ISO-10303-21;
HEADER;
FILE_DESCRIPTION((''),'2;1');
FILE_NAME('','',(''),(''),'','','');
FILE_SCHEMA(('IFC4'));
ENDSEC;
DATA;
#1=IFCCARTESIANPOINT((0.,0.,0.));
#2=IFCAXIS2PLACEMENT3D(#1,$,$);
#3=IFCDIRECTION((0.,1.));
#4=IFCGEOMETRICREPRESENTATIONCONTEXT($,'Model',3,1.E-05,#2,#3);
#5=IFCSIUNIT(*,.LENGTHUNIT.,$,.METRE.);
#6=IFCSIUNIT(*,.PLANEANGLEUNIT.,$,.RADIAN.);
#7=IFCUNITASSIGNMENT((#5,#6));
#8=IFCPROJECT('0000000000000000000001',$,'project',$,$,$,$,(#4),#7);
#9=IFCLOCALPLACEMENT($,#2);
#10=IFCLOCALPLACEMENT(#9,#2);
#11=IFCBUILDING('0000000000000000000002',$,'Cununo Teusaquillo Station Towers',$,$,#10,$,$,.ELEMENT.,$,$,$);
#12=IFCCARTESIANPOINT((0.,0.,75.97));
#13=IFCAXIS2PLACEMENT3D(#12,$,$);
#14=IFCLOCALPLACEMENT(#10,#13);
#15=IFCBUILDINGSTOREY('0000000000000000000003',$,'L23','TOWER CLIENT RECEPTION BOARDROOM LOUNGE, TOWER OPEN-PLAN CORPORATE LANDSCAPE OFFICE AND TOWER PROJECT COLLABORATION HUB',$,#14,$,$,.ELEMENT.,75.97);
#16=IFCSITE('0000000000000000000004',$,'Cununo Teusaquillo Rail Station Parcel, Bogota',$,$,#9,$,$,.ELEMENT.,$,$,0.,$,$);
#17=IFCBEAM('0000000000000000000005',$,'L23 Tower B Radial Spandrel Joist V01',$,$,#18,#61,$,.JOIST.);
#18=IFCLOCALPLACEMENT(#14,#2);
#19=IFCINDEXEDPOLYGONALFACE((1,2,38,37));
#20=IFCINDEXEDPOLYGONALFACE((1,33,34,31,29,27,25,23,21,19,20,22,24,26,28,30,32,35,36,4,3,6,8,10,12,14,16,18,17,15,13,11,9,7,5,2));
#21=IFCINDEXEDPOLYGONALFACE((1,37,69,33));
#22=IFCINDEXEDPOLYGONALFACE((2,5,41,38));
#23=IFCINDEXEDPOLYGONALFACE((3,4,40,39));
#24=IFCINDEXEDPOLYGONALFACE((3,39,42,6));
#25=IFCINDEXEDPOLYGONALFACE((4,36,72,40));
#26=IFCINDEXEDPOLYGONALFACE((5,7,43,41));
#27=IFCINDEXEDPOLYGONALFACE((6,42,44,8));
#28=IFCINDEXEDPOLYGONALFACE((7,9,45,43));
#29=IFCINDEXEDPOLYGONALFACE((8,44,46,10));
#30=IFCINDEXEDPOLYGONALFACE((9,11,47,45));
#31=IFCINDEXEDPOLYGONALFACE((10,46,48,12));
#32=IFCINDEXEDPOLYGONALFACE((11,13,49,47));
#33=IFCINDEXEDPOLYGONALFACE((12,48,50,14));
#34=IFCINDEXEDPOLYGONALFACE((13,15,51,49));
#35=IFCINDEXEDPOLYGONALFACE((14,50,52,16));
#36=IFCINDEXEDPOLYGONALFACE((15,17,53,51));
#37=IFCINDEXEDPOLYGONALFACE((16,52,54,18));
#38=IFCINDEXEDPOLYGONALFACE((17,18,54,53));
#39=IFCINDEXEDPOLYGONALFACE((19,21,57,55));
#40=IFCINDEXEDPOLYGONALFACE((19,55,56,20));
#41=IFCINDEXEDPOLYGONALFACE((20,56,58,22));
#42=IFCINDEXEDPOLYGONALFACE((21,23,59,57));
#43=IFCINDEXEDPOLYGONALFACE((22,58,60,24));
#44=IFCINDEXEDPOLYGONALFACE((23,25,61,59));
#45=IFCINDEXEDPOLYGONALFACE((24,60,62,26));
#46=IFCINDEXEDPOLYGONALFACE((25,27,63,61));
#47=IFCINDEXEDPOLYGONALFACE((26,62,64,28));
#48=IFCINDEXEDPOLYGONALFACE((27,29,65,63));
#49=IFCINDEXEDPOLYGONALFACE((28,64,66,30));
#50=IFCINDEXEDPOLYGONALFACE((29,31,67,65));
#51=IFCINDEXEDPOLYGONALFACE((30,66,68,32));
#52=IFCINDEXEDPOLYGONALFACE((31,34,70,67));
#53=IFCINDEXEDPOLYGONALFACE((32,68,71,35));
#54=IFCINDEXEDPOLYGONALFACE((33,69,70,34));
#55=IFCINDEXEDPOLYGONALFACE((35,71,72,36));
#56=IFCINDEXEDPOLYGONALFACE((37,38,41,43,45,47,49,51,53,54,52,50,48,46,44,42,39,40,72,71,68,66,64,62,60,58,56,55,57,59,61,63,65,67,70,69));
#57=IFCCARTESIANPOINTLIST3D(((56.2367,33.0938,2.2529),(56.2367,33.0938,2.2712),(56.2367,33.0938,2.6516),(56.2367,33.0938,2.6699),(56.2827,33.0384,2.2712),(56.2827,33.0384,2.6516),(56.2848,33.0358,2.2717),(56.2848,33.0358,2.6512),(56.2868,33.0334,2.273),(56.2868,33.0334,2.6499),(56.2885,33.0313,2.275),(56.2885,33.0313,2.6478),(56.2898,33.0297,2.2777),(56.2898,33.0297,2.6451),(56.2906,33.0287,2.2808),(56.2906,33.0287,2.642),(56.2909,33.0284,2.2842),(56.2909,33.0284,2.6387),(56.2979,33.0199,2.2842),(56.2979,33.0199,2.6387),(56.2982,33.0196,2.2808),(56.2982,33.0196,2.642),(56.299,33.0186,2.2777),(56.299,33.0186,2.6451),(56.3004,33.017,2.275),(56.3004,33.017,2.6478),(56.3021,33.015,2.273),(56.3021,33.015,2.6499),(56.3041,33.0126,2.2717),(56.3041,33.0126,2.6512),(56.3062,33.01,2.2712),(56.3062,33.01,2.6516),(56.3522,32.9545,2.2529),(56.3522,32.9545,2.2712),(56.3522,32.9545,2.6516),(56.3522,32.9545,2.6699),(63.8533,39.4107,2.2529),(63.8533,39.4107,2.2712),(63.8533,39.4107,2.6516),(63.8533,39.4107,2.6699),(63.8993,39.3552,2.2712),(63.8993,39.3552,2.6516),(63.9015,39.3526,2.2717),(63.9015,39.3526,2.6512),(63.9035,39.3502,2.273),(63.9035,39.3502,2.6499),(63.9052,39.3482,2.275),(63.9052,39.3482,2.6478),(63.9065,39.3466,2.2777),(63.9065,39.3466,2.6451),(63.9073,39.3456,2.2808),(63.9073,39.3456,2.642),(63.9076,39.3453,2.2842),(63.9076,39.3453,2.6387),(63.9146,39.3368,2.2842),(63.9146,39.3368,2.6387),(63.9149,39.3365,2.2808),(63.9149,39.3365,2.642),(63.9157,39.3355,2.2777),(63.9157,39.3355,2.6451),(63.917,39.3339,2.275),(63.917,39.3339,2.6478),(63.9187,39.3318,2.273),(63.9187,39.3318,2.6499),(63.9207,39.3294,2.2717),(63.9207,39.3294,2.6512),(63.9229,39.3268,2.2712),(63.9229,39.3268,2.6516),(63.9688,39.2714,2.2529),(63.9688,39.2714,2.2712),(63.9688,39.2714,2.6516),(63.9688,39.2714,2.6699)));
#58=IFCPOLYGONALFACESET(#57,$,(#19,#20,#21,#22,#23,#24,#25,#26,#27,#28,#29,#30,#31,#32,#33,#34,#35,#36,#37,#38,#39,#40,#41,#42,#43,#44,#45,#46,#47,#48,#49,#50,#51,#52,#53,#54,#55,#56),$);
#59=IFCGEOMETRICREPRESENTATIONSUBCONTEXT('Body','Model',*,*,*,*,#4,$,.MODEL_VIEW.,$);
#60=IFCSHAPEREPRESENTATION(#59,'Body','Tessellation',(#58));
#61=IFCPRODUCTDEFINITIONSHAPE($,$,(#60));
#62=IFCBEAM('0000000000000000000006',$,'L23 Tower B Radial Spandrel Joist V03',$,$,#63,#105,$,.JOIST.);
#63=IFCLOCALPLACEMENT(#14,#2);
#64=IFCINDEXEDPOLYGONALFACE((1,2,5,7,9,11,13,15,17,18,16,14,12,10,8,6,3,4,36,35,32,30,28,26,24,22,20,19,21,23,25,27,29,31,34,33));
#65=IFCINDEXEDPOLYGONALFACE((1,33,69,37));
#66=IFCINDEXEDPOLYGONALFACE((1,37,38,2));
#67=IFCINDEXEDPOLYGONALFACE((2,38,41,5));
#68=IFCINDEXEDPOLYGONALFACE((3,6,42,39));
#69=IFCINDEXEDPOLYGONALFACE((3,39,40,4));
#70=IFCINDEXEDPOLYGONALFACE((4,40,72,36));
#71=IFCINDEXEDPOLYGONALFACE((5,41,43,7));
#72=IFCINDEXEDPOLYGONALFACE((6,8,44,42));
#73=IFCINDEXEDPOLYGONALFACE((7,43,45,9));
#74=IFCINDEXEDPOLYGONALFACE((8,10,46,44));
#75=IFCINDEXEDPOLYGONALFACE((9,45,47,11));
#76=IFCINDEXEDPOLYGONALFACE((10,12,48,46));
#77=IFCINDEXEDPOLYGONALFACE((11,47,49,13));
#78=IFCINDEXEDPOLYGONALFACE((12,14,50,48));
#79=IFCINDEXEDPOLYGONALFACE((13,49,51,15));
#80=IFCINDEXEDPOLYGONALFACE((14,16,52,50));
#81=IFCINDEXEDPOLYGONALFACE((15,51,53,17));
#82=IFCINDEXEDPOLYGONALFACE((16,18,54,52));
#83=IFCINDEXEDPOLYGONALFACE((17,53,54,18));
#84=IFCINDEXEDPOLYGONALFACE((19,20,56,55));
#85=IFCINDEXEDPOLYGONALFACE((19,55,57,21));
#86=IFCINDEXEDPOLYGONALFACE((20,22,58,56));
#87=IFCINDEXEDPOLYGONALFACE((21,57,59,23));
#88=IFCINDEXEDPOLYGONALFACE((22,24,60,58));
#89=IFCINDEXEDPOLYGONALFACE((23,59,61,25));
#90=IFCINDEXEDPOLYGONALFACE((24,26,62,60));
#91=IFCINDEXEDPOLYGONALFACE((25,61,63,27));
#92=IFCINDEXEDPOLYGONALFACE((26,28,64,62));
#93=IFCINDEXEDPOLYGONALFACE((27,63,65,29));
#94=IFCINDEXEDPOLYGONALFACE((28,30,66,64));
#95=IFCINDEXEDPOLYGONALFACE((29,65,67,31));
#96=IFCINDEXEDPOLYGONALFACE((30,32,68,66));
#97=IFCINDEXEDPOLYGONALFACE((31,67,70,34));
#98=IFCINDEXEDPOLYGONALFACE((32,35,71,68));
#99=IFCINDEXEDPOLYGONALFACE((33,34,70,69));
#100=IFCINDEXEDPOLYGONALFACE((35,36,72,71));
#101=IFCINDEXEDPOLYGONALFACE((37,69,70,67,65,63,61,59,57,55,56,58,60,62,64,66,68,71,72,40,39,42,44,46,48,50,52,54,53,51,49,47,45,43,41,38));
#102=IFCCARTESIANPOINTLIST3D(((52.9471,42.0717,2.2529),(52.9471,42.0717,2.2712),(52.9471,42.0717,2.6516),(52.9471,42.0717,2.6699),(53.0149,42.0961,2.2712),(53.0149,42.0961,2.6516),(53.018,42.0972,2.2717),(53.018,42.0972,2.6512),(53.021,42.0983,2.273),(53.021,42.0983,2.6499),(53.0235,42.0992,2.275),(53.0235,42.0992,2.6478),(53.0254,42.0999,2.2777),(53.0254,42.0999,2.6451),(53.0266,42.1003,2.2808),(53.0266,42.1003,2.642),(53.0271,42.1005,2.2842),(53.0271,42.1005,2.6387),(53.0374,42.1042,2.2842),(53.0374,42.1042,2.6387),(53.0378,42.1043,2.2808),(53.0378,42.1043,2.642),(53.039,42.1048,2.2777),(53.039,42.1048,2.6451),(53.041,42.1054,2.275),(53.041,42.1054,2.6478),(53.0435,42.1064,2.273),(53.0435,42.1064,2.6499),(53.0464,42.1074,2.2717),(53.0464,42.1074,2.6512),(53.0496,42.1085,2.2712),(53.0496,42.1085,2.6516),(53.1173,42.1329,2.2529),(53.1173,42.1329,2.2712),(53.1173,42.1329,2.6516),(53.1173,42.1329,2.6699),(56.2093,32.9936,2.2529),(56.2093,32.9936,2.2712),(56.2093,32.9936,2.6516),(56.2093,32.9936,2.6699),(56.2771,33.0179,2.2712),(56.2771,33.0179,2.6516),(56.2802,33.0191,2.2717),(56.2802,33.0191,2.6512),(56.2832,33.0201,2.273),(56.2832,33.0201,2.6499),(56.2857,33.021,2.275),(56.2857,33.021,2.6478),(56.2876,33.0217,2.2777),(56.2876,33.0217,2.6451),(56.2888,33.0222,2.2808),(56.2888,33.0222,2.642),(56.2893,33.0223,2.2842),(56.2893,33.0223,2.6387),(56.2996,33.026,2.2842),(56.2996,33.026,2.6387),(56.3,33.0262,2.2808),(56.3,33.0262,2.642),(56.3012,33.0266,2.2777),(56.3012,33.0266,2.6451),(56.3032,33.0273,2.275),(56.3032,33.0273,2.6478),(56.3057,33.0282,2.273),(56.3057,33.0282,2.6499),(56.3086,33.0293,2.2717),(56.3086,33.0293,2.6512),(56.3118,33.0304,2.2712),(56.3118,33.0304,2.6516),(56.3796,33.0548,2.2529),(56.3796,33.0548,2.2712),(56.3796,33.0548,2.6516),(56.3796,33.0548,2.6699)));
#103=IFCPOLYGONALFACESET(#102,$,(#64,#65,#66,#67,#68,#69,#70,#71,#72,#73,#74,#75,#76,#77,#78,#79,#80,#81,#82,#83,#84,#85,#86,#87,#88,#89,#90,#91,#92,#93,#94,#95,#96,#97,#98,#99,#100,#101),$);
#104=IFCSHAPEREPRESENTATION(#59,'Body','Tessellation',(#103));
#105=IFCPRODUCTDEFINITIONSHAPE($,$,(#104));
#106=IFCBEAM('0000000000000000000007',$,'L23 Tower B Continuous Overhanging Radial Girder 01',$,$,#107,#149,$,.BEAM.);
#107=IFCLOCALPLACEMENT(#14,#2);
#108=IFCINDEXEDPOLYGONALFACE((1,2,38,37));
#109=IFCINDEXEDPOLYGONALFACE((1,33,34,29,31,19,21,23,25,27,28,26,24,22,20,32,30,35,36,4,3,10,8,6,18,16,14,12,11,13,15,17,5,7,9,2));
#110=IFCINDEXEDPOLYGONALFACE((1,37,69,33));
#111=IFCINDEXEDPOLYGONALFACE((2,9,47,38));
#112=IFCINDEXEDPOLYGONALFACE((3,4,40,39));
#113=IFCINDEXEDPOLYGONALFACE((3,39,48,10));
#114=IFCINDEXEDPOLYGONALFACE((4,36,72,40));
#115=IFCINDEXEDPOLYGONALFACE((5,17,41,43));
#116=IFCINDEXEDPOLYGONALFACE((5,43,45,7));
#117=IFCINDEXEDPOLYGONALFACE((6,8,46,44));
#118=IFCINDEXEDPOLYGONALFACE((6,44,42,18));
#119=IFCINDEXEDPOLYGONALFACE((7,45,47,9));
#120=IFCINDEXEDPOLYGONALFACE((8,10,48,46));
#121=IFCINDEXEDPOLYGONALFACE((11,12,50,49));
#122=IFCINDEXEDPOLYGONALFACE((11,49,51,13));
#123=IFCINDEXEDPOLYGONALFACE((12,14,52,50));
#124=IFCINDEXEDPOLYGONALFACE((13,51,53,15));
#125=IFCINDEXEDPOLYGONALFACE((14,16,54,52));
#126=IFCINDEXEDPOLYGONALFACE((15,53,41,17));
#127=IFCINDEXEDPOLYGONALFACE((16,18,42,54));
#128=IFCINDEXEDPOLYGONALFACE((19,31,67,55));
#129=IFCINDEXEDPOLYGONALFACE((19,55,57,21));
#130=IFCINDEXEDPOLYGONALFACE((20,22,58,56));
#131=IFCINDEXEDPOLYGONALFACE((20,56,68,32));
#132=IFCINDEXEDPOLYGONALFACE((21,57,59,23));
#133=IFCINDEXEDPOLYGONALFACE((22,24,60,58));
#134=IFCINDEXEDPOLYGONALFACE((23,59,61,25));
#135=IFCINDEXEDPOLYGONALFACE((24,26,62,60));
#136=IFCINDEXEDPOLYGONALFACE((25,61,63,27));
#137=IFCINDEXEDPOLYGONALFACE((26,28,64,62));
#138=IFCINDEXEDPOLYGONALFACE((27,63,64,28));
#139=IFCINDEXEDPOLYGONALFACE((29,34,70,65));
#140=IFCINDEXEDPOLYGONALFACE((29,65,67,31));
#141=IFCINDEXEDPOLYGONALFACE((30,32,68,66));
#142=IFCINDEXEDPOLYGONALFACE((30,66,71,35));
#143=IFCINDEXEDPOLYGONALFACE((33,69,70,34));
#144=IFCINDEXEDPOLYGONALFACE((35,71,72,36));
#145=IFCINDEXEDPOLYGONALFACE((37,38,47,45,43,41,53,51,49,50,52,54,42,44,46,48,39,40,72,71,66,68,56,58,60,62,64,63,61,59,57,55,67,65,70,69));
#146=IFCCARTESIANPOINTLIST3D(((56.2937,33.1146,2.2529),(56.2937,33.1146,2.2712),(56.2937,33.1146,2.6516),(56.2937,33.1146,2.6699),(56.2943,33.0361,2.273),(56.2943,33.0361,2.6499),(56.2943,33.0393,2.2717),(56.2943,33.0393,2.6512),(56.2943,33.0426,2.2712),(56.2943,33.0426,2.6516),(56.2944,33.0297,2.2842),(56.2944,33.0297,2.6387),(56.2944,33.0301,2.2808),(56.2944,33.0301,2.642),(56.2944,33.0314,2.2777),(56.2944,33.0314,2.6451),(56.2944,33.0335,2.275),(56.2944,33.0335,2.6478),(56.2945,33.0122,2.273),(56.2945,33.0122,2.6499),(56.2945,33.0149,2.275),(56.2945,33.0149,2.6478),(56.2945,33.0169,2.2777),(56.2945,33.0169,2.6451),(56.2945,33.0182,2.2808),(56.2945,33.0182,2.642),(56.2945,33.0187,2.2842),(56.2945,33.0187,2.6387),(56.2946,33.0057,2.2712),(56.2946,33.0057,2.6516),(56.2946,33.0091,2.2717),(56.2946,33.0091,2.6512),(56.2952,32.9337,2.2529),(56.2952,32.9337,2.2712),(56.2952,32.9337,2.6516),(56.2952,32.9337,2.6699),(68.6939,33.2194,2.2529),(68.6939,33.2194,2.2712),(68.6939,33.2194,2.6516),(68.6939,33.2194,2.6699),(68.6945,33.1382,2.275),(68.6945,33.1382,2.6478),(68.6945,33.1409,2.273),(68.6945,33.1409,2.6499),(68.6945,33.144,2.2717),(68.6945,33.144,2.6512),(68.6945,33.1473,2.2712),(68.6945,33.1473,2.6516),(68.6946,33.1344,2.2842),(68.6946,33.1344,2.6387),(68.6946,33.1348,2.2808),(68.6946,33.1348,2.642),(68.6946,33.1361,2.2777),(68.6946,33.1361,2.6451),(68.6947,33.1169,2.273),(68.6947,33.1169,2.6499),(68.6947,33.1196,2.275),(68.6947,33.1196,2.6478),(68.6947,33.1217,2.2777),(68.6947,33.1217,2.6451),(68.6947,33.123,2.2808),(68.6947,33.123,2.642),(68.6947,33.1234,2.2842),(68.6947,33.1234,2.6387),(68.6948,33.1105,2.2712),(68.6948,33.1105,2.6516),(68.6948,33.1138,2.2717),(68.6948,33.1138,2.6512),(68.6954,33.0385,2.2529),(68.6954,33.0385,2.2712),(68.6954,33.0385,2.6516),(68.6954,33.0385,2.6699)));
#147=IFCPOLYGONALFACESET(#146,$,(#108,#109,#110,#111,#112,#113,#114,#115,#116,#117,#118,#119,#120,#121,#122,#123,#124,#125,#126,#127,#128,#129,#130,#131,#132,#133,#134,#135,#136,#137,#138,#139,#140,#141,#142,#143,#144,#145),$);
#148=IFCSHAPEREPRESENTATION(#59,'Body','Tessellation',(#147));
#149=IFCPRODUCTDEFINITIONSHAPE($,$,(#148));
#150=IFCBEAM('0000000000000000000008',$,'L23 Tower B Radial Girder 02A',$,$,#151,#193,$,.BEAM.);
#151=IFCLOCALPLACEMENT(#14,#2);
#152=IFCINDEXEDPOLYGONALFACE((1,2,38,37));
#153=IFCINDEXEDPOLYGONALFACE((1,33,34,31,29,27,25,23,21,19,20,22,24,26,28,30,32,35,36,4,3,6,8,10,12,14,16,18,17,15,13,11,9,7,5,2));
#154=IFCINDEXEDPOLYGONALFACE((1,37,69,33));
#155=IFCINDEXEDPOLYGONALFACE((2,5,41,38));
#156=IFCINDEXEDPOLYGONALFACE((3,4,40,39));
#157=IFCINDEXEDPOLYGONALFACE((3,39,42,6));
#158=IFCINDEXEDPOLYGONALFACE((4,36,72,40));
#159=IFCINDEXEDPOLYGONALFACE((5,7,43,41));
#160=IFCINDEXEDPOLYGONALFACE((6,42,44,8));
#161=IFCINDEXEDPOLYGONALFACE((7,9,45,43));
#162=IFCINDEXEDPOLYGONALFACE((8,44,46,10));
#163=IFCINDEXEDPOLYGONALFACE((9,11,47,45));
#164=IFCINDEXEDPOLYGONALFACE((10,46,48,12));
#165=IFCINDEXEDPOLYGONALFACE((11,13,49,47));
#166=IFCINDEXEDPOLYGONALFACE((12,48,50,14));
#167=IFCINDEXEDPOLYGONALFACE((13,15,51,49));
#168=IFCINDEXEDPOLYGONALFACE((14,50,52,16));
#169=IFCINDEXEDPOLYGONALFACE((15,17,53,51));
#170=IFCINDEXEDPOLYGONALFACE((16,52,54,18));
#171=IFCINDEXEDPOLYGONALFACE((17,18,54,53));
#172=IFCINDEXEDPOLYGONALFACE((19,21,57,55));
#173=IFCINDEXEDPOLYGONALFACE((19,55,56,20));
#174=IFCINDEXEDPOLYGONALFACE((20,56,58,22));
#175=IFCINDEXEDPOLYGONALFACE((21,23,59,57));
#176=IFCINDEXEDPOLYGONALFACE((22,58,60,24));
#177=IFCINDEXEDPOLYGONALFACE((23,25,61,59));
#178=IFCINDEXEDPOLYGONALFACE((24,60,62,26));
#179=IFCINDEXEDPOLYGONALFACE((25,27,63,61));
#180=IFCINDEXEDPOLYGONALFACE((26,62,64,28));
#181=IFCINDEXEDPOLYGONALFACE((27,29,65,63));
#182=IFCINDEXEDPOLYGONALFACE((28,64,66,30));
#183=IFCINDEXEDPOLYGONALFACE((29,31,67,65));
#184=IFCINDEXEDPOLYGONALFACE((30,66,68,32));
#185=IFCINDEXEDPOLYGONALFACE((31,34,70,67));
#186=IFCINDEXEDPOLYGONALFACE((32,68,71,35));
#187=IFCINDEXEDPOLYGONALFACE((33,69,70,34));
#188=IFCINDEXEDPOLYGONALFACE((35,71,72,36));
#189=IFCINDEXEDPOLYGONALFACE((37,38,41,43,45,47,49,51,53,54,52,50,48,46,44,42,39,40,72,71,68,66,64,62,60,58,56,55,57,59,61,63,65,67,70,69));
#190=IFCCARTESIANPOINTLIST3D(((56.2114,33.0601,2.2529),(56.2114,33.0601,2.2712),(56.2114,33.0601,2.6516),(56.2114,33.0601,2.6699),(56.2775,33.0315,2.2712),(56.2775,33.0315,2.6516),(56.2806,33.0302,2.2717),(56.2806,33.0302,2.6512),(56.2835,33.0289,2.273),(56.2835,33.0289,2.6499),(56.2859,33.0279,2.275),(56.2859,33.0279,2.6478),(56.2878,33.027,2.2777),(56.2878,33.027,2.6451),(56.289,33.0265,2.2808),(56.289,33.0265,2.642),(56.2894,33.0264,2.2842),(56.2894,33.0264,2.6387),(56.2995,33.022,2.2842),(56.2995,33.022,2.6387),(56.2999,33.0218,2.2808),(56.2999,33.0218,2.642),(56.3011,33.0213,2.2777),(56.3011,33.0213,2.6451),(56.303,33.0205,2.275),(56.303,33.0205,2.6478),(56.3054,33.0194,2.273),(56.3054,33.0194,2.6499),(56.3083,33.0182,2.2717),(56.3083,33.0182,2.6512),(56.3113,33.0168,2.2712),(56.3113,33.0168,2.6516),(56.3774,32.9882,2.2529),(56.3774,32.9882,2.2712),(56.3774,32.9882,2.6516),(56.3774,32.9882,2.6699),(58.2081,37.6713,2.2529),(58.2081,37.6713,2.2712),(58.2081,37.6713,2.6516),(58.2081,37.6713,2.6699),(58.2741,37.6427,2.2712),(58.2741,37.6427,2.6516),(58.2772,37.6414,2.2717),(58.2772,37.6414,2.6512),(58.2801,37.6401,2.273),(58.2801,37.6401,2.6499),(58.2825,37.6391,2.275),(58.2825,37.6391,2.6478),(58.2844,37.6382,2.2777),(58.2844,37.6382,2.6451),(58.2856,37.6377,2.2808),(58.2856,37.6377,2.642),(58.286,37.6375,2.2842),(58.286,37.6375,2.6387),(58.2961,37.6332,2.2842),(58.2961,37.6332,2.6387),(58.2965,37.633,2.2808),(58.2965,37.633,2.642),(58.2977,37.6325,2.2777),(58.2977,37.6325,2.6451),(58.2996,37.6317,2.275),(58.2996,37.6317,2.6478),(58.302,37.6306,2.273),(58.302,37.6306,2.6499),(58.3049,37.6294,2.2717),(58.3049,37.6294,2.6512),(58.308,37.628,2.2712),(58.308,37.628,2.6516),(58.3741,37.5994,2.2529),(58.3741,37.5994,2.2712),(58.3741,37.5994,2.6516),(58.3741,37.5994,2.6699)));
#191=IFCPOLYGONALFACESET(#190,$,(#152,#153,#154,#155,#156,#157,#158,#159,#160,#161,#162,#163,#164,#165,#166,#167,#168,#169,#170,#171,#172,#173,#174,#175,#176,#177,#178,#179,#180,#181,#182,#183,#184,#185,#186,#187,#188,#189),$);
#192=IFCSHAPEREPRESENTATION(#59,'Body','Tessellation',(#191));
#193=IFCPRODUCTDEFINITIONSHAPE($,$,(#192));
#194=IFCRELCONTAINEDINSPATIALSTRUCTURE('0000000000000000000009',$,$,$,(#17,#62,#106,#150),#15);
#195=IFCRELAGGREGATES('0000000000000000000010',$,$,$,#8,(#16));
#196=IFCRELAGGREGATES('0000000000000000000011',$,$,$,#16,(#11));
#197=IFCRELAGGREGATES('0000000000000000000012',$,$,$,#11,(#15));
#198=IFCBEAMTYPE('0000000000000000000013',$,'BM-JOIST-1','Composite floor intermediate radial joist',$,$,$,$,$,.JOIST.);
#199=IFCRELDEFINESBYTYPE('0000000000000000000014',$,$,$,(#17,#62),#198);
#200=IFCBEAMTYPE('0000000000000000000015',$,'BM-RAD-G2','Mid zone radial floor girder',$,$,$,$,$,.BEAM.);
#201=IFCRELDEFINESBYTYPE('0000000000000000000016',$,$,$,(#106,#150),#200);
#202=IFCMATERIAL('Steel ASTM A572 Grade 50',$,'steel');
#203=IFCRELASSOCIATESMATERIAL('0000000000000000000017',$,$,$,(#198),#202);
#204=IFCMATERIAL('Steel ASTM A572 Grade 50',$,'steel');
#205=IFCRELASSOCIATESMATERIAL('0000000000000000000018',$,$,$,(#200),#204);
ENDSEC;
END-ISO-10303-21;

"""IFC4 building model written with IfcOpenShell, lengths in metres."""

from ifc_helpers import new_model, si_unit, direction, frame, origin, origin_2d, place, context, subcontext, project, spatial, i_section, extrude, material, material_profile, profile_set, type_object, element, save


model = new_model("IFC4")

# Units and contexts
model_context = context("Model", 3, precision=1e-05, world=origin(), true_north=direction((0.0, 1.0)))
body_context = subcontext(model_context, "Body", "Model", "MODEL_VIEW")
ifc_project = project(units=[si_unit("LENGTHUNIT", "METRE"), si_unit("PLANEANGLEUNIT", "RADIAN")], contexts=[model_context])

# Site, building, storey
site_placement = place(None, origin())
site = spatial("IfcSite", under=ifc_project, at=site_placement, Name="Cununo Teusaquillo Rail Station Parcel, Bogota", CompositionType="ELEMENT", RefElevation=0.0)
building_placement = place(site_placement, origin())
building = spatial("IfcBuilding", under=site, at=building_placement, Name="Cununo Teusaquillo Station Towers", CompositionType="ELEMENT")
storey_placement = place(building_placement, frame((0.0, 0.0, 75.97)))
storey = spatial("IfcBuildingStorey", under=building, at=storey_placement, Name="L23", Description="TOWER CLIENT RECEPTION BOARDROOM LOUNGE, TOWER OPEN-PLAN CORPORATE LANDSCAPE OFFICE AND TOWER PROJECT COLLABORATION HUB", CompositionType="ELEMENT", Elevation=75.97)

# Beams
ifc_material_1 = material(Name="Steel ASTM A572 Grade 50", Category="steel")
ifc_material_profile_1 = material_profile(ifc_material_1, i_section(OverallWidth=0.1809, OverallDepth=0.417, WebThickness=0.011, FlangeThickness=0.0183, FilletRadius=0.0129, at=origin_2d()), Name="W16X57")
ifc_profile_set_1 = profile_set([ifc_material_profile_1], Name="Steel ASTM A572 Grade 50")
beam_type_1 = type_object("IfcBeamType", Name="BM-JOIST-1", Description="Composite floor intermediate radial joist", PredefinedType="JOIST", material=ifc_profile_set_1)
beam_1_placement = place(storey_placement, frame((56.2944, 33.0242, 2.4614), z_axis=(0.769728, 0.638372, 0.0), x_axis=(-0.638372, 0.769728, 0.0)))
element("IfcBeam", 1, at=beam_1_placement, inside=storey, type_object=beam_type_1, Name="L23 Tower B Radial Spandrel Joist V01", PredefinedType="JOIST", context=body_context, shape_type="SweptSolid", body=[
    extrude(i_section(OverallWidth=0.1809, OverallDepth=0.417, WebThickness=0.011, FlangeThickness=0.0183, FilletRadius=0.0129, at=origin_2d()), origin(), (0.0, 0.0, 1.0), 9.8953),
])
beam_2_placement = place(storey_placement, frame((56.2944, 33.0242, 2.4614), z_axis=(-0.338176, 0.941083, 0.0), x_axis=(-0.941083, -0.338176, 0.0)))
element("IfcBeam", 2, at=beam_2_placement, inside=storey, type_object=beam_type_1, Name="L23 Tower B Radial Spandrel Joist V03", PredefinedType="JOIST", context=body_context, shape_type="SweptSolid", body=[
    extrude(i_section(OverallWidth=0.1809, OverallDepth=0.417, WebThickness=0.011, FlangeThickness=0.0183, FilletRadius=0.0129, at=origin_2d()), origin(), (0.0, 0.0, 1.0), 9.6465),
])
ifc_material_2 = material(Name="Steel ASTM A572 Grade 50", Category="steel")
ifc_material_profile_2 = material_profile(ifc_material_2, i_section(OverallWidth=0.1809, OverallDepth=0.417, WebThickness=0.011, FlangeThickness=0.0183, FilletRadius=0.0129, at=origin_2d()), Name="W16X57")
ifc_profile_set_2 = profile_set([ifc_material_profile_2], Name="Steel ASTM A572 Grade 50")
beam_type_2 = type_object("IfcBeamType", Name="BM-RAD-G2", Description="Mid zone radial floor girder", PredefinedType="BEAM", material=ifc_profile_set_2)
beam_3_placement = place(storey_placement, frame((56.2944, 33.0242, 2.4614), z_axis=(0.999964, 0.008446, 0.0), x_axis=(-0.008446, 0.999964, 0.0)))
element("IfcBeam", 3, at=beam_3_placement, inside=storey, type_object=beam_type_2, Name="L23 Tower B Continuous Overhanging Radial Girder 01", PredefinedType="BEAM", context=body_context, shape_type="SweptSolid", body=[
    extrude(i_section(OverallWidth=0.1809, OverallDepth=0.417, WebThickness=0.011, FlangeThickness=0.0183, FilletRadius=0.0129, at=origin_2d()), origin(), (0.0, 0.0, 1.0), 12.4006),
])
beam_4_placement = place(storey_placement, frame((56.2944, 33.0242, 2.4614), z_axis=(0.397347, 0.917668, 0.0), x_axis=(-0.917668, 0.397347, 0.0)))
element("IfcBeam", 4, at=beam_4_placement, inside=storey, type_object=beam_type_2, Name="L23 Tower B Radial Girder 02A", PredefinedType="BEAM", context=body_context, shape_type="SweptSolid", body=[
    extrude(i_section(OverallWidth=0.1809, OverallDepth=0.417, WebThickness=0.011, FlangeThickness=0.0183, FilletRadius=0.0129, at=origin_2d()), origin(), (0.0, 0.0, 1.0), 5.0249),
])

save(model, "model.ifc")
